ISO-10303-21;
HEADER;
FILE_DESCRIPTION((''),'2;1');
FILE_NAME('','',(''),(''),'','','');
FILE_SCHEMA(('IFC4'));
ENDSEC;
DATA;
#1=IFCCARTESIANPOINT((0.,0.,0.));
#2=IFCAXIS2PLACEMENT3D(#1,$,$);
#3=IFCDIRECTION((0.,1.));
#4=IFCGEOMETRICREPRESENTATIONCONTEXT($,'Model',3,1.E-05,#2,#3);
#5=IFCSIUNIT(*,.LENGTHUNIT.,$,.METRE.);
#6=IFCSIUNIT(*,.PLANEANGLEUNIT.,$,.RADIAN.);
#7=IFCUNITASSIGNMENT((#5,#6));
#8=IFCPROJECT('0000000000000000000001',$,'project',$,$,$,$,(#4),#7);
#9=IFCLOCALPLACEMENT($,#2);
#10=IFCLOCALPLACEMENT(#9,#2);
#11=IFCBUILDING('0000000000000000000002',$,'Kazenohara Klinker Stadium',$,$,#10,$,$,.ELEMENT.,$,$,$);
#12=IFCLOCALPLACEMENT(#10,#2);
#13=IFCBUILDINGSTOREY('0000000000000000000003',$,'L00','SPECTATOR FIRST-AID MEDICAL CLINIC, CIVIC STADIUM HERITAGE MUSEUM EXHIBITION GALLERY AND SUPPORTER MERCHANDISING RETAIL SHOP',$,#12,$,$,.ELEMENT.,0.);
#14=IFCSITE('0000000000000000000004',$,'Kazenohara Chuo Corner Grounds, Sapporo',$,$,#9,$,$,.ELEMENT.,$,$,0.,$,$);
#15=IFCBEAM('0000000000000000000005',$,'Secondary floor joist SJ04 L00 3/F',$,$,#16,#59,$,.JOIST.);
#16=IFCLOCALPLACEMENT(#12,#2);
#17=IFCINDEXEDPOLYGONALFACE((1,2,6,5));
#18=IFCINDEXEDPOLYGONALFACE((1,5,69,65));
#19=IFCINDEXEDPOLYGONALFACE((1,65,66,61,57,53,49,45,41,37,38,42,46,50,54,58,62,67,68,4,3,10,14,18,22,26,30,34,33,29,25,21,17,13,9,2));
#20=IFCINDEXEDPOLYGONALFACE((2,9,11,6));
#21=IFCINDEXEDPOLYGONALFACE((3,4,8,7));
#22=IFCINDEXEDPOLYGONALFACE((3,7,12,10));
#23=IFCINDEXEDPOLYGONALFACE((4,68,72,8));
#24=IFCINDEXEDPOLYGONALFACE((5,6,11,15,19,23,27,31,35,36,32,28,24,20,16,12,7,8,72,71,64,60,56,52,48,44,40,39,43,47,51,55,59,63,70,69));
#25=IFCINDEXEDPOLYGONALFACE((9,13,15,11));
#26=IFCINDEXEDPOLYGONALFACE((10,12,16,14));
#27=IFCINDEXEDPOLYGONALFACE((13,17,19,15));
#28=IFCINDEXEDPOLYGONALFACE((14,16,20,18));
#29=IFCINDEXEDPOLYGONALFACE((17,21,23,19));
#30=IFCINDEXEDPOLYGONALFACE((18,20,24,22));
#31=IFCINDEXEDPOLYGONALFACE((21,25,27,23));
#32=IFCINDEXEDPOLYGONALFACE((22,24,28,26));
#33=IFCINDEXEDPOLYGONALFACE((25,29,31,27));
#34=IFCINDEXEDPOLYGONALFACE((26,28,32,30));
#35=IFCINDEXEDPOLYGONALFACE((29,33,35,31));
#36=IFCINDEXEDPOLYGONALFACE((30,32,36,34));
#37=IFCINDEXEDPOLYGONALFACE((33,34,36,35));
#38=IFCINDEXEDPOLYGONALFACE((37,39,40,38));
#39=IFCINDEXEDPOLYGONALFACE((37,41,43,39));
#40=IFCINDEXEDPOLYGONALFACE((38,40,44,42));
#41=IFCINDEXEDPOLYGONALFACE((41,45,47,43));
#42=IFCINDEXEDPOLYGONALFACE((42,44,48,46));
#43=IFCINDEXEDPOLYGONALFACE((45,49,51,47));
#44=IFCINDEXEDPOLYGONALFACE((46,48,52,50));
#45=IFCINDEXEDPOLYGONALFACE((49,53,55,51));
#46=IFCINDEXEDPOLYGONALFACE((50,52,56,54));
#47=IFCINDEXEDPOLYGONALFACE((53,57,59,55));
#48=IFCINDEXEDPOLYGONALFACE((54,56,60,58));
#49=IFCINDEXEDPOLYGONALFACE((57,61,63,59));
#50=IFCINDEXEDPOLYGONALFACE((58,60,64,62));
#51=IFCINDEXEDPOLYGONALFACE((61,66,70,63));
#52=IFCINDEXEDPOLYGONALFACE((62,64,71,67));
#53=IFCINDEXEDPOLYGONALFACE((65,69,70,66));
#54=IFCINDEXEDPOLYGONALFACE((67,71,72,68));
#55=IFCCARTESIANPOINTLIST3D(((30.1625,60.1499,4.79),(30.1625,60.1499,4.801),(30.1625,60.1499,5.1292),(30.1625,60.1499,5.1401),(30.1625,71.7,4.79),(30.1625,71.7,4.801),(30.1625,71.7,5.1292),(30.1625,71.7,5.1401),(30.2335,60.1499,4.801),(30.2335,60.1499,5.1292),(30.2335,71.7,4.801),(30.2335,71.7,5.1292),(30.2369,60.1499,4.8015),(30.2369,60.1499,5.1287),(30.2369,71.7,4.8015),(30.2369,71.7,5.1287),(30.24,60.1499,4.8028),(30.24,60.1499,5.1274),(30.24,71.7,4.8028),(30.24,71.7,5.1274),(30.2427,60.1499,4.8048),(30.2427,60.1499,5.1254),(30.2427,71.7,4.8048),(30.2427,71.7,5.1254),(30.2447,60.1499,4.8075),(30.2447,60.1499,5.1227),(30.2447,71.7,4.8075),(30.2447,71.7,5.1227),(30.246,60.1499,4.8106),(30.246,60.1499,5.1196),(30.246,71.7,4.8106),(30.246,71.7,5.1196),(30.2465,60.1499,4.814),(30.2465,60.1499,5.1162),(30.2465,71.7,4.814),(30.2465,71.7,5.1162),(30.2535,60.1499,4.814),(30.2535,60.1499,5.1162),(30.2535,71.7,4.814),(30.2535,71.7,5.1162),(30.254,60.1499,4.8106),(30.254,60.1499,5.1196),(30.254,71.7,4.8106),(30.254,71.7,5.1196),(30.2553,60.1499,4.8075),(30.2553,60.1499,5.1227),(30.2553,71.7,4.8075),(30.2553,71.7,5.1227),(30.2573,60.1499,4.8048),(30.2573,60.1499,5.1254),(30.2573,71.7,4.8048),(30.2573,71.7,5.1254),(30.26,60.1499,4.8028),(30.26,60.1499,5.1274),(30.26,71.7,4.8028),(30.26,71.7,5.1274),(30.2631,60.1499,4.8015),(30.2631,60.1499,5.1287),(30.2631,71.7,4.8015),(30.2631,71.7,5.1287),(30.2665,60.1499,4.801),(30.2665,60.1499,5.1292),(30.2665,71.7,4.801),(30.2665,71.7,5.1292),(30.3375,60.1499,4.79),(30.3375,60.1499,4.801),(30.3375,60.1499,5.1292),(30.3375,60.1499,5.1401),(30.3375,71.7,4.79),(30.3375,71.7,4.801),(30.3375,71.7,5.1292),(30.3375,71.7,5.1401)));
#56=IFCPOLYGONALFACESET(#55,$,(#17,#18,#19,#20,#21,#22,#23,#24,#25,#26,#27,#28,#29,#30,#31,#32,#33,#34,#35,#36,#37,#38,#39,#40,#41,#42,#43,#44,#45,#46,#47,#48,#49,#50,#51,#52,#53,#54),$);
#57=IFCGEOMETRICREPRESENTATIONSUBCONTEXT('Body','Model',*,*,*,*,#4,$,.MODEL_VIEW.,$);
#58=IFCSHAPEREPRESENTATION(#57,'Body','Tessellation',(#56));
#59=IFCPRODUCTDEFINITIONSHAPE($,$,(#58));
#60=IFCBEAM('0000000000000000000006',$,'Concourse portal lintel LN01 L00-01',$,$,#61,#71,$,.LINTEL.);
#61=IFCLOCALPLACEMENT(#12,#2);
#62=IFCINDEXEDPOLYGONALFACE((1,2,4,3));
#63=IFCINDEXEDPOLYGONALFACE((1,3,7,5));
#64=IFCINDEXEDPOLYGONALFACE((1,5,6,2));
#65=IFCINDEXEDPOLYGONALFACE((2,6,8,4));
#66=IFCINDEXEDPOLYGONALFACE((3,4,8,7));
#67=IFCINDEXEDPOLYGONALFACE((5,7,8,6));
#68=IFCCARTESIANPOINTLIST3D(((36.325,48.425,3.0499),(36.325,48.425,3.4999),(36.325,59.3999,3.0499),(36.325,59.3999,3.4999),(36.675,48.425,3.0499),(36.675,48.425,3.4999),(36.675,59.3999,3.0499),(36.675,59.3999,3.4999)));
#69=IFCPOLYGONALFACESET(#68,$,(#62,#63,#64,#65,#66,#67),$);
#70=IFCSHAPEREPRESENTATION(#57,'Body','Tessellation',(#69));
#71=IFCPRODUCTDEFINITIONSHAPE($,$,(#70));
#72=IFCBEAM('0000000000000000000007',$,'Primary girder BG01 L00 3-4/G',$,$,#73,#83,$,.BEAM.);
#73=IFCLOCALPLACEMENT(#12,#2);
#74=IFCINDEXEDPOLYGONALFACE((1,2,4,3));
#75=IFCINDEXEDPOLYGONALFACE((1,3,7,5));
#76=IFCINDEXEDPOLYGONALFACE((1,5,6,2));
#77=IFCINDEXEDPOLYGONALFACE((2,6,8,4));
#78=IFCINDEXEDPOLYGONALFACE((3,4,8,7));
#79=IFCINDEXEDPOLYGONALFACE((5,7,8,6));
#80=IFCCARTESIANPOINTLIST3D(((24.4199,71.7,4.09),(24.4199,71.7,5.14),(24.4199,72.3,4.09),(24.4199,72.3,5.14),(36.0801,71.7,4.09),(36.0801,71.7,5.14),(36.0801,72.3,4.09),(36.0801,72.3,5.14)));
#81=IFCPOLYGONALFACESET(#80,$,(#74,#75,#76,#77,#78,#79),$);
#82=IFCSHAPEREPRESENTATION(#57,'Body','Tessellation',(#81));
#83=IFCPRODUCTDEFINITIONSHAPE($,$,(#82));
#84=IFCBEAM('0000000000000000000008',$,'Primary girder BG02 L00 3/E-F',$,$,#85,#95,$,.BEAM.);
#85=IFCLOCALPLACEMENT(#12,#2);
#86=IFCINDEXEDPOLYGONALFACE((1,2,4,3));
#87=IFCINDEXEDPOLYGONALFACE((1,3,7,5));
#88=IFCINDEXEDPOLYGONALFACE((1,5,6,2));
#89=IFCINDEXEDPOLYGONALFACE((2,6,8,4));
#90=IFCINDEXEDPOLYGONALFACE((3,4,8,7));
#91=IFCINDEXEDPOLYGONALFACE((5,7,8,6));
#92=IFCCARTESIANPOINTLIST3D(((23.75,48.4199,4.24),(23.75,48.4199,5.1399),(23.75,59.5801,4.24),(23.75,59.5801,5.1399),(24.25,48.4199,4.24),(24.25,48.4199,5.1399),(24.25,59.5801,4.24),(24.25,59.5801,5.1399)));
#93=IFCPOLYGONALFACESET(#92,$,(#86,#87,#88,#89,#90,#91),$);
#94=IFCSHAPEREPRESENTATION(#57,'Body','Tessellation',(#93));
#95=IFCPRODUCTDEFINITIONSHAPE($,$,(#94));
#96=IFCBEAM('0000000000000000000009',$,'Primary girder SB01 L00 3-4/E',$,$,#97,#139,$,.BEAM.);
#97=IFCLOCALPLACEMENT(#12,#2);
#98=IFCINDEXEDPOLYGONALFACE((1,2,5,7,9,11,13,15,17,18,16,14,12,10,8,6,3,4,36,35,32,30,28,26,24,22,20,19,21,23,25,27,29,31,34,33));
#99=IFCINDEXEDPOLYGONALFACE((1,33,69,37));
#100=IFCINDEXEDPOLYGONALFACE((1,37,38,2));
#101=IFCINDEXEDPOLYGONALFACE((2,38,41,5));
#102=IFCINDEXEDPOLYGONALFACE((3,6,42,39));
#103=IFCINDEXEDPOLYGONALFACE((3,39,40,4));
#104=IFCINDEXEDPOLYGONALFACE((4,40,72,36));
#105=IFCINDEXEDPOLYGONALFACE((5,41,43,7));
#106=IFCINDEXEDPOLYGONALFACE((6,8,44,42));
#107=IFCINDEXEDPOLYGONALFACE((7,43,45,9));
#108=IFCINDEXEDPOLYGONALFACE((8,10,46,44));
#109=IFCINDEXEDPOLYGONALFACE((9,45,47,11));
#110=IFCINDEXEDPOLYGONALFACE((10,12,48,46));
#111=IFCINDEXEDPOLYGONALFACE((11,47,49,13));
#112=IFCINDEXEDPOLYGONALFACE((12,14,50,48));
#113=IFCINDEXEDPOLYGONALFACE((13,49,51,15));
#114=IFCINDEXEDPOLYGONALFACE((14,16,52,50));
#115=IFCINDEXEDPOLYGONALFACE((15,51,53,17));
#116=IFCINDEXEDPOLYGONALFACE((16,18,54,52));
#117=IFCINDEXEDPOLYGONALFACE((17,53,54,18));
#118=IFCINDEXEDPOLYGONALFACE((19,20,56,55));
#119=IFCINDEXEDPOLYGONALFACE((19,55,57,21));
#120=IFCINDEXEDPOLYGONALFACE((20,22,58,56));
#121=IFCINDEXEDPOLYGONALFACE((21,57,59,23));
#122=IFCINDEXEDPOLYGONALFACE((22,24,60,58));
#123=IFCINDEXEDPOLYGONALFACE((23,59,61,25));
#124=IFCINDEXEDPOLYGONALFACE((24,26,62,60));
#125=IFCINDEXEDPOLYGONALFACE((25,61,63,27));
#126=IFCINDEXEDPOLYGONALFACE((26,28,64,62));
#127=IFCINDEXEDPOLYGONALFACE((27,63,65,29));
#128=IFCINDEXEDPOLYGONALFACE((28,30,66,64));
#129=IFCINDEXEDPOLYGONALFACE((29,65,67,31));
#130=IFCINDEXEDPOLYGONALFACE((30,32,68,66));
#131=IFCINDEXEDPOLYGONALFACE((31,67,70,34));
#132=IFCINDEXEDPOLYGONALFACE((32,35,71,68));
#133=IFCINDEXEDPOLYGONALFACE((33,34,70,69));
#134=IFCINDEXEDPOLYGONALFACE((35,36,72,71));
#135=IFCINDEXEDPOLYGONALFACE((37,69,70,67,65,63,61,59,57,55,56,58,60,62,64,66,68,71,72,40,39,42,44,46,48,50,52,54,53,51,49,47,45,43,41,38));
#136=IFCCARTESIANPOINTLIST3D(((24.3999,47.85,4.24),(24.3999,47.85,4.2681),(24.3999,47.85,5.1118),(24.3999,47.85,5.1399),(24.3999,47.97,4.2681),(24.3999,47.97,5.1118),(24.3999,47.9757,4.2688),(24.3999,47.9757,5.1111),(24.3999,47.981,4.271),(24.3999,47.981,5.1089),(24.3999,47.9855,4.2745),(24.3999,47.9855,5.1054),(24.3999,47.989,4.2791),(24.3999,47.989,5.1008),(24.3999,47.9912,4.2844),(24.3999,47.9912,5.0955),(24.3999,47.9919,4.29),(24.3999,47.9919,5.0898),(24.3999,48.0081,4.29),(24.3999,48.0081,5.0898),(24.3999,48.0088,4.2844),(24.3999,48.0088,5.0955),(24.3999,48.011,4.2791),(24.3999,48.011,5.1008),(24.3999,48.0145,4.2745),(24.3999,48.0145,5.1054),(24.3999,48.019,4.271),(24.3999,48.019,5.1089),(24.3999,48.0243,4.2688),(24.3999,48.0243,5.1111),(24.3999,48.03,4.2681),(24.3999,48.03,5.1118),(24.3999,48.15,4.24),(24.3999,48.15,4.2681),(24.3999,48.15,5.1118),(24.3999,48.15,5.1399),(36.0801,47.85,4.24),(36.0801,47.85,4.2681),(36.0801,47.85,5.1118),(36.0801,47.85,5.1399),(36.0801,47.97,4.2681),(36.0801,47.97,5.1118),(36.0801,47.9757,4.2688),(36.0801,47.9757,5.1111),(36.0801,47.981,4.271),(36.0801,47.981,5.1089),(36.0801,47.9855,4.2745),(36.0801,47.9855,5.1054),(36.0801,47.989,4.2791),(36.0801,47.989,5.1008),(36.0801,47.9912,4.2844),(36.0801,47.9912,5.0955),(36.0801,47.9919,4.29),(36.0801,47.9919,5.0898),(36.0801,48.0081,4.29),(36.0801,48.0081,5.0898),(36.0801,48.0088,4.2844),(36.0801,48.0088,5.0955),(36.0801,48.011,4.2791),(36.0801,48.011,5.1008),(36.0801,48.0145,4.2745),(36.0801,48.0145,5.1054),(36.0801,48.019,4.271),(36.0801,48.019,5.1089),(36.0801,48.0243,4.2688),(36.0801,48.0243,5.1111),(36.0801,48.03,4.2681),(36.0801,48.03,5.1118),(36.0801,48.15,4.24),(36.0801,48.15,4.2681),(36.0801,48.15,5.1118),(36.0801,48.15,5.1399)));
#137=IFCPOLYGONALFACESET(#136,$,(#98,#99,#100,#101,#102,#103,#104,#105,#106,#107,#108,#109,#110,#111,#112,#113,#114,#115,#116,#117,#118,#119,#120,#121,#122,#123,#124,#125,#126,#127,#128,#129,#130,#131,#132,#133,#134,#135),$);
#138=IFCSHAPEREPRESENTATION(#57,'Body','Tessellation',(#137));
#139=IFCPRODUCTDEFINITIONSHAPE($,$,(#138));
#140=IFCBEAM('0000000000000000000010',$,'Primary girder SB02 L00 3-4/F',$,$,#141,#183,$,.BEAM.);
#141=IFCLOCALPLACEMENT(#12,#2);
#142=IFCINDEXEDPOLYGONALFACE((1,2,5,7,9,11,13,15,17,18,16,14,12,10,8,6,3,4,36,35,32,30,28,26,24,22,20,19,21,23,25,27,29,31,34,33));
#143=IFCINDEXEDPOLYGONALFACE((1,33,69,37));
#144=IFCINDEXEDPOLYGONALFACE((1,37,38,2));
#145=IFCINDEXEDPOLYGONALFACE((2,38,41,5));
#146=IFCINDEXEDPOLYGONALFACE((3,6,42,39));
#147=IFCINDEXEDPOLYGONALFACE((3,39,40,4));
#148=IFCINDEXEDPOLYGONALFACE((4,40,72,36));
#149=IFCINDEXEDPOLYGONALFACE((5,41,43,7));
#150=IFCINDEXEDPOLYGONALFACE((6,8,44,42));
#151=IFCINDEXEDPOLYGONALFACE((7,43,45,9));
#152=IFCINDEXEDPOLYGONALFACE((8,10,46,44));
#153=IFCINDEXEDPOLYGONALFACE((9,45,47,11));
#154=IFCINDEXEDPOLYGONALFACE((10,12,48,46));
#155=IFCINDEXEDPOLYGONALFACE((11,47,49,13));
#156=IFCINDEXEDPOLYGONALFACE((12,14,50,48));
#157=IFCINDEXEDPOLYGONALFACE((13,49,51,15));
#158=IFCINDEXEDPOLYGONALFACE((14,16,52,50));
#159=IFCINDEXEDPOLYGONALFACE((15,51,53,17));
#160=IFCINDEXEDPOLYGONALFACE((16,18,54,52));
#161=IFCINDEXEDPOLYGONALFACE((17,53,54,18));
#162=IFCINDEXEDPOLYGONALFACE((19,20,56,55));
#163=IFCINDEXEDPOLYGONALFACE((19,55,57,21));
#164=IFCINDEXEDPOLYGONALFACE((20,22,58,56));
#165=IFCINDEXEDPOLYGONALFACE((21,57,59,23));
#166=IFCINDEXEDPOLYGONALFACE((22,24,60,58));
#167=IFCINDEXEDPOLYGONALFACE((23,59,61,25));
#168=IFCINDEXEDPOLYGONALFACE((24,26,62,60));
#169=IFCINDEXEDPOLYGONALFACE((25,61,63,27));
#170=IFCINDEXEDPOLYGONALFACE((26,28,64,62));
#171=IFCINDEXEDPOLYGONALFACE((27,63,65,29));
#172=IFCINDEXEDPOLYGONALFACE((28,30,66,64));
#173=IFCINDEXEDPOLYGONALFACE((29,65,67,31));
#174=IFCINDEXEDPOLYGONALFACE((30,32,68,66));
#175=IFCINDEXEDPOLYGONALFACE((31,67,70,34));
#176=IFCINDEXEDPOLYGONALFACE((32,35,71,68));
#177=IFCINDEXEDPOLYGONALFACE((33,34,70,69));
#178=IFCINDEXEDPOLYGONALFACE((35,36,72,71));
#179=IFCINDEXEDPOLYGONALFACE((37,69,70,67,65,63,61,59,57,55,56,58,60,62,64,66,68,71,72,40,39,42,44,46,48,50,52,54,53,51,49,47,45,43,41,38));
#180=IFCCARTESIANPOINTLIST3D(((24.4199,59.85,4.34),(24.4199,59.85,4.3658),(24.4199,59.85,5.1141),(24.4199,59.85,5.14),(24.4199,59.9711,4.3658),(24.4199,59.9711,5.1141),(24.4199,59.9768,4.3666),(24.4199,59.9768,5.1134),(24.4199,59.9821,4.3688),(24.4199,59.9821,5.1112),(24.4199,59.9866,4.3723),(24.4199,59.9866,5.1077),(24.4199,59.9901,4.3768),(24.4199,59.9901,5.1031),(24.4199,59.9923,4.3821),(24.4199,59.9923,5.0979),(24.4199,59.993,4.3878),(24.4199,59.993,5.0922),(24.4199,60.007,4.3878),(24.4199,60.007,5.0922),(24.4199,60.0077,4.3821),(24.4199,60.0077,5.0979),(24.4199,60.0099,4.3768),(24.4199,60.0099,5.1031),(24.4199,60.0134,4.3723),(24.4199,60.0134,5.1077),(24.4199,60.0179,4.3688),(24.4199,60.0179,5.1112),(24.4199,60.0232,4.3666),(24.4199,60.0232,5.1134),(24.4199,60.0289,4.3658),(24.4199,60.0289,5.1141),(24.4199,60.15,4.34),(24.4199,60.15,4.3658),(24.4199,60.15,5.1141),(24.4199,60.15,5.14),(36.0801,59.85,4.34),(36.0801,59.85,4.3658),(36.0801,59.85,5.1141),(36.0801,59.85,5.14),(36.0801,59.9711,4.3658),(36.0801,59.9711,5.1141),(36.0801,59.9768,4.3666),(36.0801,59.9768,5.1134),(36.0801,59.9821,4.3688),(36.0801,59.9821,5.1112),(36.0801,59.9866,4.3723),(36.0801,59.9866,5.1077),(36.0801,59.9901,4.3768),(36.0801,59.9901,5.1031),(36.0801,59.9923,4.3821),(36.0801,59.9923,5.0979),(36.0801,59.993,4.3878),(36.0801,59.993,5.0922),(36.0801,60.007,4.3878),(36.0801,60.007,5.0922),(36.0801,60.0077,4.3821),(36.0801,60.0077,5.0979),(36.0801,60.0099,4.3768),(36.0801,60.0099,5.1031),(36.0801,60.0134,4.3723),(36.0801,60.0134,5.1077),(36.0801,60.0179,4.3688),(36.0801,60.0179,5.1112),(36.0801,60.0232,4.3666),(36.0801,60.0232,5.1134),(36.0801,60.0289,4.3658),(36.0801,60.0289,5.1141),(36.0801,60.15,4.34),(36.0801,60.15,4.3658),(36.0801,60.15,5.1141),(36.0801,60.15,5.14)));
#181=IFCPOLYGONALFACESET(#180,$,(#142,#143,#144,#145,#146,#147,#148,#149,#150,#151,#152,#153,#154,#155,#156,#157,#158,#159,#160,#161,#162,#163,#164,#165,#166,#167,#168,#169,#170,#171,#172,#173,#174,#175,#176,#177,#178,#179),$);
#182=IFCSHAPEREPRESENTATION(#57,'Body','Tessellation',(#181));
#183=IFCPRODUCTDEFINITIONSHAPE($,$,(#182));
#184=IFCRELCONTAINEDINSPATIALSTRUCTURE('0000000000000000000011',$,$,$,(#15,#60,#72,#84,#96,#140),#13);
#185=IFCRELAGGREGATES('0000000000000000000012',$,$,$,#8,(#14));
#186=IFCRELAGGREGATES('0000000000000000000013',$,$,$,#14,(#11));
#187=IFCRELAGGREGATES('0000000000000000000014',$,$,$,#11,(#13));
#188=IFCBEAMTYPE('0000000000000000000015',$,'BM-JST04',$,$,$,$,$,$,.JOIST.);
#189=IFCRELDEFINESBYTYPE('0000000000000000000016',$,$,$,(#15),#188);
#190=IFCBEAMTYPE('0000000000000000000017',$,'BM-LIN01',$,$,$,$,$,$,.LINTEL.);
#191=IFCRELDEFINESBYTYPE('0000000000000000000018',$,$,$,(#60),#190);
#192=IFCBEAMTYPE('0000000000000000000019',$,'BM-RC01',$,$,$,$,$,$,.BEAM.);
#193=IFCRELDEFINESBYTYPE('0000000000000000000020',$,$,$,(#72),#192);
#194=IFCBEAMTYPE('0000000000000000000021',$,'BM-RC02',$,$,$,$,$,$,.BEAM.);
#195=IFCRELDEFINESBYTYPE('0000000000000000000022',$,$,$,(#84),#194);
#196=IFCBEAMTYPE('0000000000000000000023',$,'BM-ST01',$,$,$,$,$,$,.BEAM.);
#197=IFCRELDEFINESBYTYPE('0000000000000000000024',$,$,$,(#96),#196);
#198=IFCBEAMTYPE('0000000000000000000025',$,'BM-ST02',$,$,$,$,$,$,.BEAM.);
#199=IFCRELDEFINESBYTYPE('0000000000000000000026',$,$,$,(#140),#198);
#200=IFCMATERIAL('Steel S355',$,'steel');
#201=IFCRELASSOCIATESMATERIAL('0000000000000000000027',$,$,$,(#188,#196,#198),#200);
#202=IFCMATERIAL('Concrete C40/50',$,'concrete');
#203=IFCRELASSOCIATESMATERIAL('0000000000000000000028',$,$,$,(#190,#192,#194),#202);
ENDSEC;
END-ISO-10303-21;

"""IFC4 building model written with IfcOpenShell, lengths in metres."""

from ifc_helpers import new_model, si_unit, direction, frame, origin, origin_2d, place, context, subcontext, project, spatial, rectangle, i_section, extrude, material, material_profile, profile_set, type_object, element, save


model = new_model("IFC4")

# Units and contexts
model_context = context("Model", 3, precision=1e-05, world=origin(), true_north=direction((0.0, 1.0)))
body_context = subcontext(model_context, "Body", "Model", "MODEL_VIEW")
ifc_project = project(units=[si_unit("LENGTHUNIT", "METRE"), si_unit("PLANEANGLEUNIT", "RADIAN")], contexts=[model_context])

# Site, building, storey
site_placement = place(None, origin())
site = spatial("IfcSite", under=ifc_project, at=site_placement, Name="Kazenohara Chuo Corner Grounds, Sapporo", CompositionType="ELEMENT", RefElevation=0.0)
building_placement = place(site_placement, origin())
building = spatial("IfcBuilding", under=site, at=building_placement, Name="Kazenohara Klinker Stadium", CompositionType="ELEMENT")
storey_placement = place(building_placement, origin())
storey = spatial("IfcBuildingStorey", under=building, at=storey_placement, Name="L00", Description="SPECTATOR FIRST-AID MEDICAL CLINIC, CIVIC STADIUM HERITAGE MUSEUM EXHIBITION GALLERY AND SUPPORTER MERCHANDISING RETAIL SHOP", CompositionType="ELEMENT", Elevation=0.0)

# Shared definitions
ifc_material_1 = material(Name="Concrete C40/50", Category="concrete")

# Beams
ifc_material_2 = material(Name="Steel S355", Category="steel")
ifc_material_profile_1 = material_profile(ifc_material_2, i_section(OverallWidth=0.175, OverallDepth=0.3501, WebThickness=0.0071, FlangeThickness=0.011, FilletRadius=0.0129, at=origin_2d()), Name="H-350x175x7x11")
ifc_profile_set_1 = profile_set([ifc_material_profile_1], Name="Steel S355")
beam_type_1 = type_object("IfcBeamType", Name="BM-JST04", PredefinedType="JOIST", material=ifc_profile_set_1)
beam_1_placement = place(storey_placement, frame((30.25, 60.1499, 4.9651), z_axis=(0.0, 1.0, 0.0), x_axis=(-1.0, 0.0, 0.0)))
element("IfcBeam", 1, at=beam_1_placement, inside=storey, type_object=beam_type_1, Name="Secondary floor joist SJ04 L00 3/F", PredefinedType="JOIST", context=body_context, shape_type="SweptSolid", body=[
    extrude(i_section(OverallWidth=0.175, OverallDepth=0.3501, WebThickness=0.0071, FlangeThickness=0.011, FilletRadius=0.0129, at=origin_2d()), origin(), (0.0, 0.0, 1.0), 11.55),
])
ifc_material_profile_2 = material_profile(ifc_material_1, rectangle(XDim=0.3501, YDim=0.45, at=origin_2d()), Name="RC-LINTEL-350x450")
ifc_profile_set_2 = profile_set([ifc_material_profile_2], Name="Concrete C40/50")
beam_type_2 = type_object("IfcBeamType", Name="BM-LIN01", PredefinedType="LINTEL", material=ifc_profile_set_2)
beam_2_placement = place(storey_placement, frame((36.5, 48.425, 3.2749), z_axis=(0.0, 1.0, 0.0), x_axis=(-1.0, 0.0, 0.0)))
element("IfcBeam", 2, at=beam_2_placement, inside=storey, type_object=beam_type_2, Name="Concourse portal lintel LN01 L00-01", PredefinedType="LINTEL", context=body_context, shape_type="SweptSolid", body=[
    extrude(rectangle(XDim=0.3501, YDim=0.45, at=origin_2d()), origin(), (0.0, 0.0, 1.0), 10.9749),
])
ifc_material_profile_3 = material_profile(ifc_material_1, rectangle(XDim=0.6001, YDim=1.05, at=origin_2d()), Name="RC-BM-600x1050")
ifc_profile_set_3 = profile_set([ifc_material_profile_3], Name="Concrete C40/50")
beam_type_3 = type_object("IfcBeamType", Name="BM-RC01", PredefinedType="BEAM", material=ifc_profile_set_3)
beam_3_placement = place(storey_placement, frame((24.4199, 72.0, 4.615), z_axis=(1.0, 0.0, 0.0), x_axis=(0.0, 1.0, 0.0)))
element("IfcBeam", 3, at=beam_3_placement, inside=storey, type_object=beam_type_3, Name="Primary girder BG01 L00 3-4/G", PredefinedType="BEAM", context=body_context, shape_type="SweptSolid", body=[
    extrude(rectangle(XDim=0.6001, YDim=1.05, at=origin_2d()), origin(), (0.0, 0.0, 1.0), 11.6602),
])
ifc_material_profile_4 = material_profile(ifc_material_1, rectangle(XDim=0.5, YDim=0.8999, at=origin_2d()), Name="RC-BM-500x900")
ifc_profile_set_4 = profile_set([ifc_material_profile_4], Name="Concrete C40/50")
beam_type_4 = type_object("IfcBeamType", Name="BM-RC02", PredefinedType="BEAM", material=ifc_profile_set_4)
beam_4_placement = place(storey_placement, frame((24.0, 48.4199, 4.6899), z_axis=(0.0, 1.0, 0.0), x_axis=(-1.0, 0.0, 0.0)))
element("IfcBeam", 4, at=beam_4_placement, inside=storey, type_object=beam_type_4, Name="Primary girder BG02 L00 3/E-F", PredefinedType="BEAM", context=body_context, shape_type="SweptSolid", body=[
    extrude(rectangle(XDim=0.5, YDim=0.8999, at=origin_2d()), origin(), (0.0, 0.0, 1.0), 11.1602),
])
ifc_material_profile_5 = material_profile(ifc_material_2, i_section(OverallWidth=0.3, OverallDepth=0.8999, WebThickness=0.0161, FlangeThickness=0.0281, FilletRadius=0.022, at=origin_2d()), Name="H-900x300x16x28")
ifc_profile_set_5 = profile_set([ifc_material_profile_5], Name="Steel S355")
beam_type_5 = type_object("IfcBeamType", Name="BM-ST01", PredefinedType="BEAM", material=ifc_profile_set_5)
beam_5_placement = place(storey_placement, frame((24.3999, 48.0, 4.6899), z_axis=(1.0, 0.0, 0.0), x_axis=(0.0, 1.0, 0.0)))
element("IfcBeam", 5, at=beam_5_placement, inside=storey, type_object=beam_type_5, Name="Primary girder SB01 L00 3-4/E", PredefinedType="BEAM", context=body_context, shape_type="SweptSolid", body=[
    extrude(i_section(OverallWidth=0.3, OverallDepth=0.8999, WebThickness=0.0161, FlangeThickness=0.0281, FilletRadius=0.022, at=origin_2d()), origin(), (0.0, 0.0, 1.0), 11.6802),
])
ifc_material_profile_6 = material_profile(ifc_material_2, i_section(OverallWidth=0.3, OverallDepth=0.8, WebThickness=0.0139, FlangeThickness=0.0259, FilletRadius=0.022, at=origin_2d()), Name="H-800x300x14x26")
ifc_profile_set_6 = profile_set([ifc_material_profile_6], Name="Steel S355")
beam_type_6 = type_object("IfcBeamType", Name="BM-ST02", PredefinedType="BEAM", material=ifc_profile_set_6)
beam_6_placement = place(storey_placement, frame((24.4199, 60.0, 4.74), z_axis=(1.0, 0.0, 0.0), x_axis=(0.0, 1.0, 0.0)))
element("IfcBeam", 6, at=beam_6_placement, inside=storey, type_object=beam_type_6, Name="Primary girder SB02 L00 3-4/F", PredefinedType="BEAM", context=body_context, shape_type="SweptSolid", body=[
    extrude(i_section(OverallWidth=0.3, OverallDepth=0.8, WebThickness=0.0139, FlangeThickness=0.0259, FilletRadius=0.022, at=origin_2d()), origin(), (0.0, 0.0, 1.0), 11.6602),
])

save(model, "model.ifc")
